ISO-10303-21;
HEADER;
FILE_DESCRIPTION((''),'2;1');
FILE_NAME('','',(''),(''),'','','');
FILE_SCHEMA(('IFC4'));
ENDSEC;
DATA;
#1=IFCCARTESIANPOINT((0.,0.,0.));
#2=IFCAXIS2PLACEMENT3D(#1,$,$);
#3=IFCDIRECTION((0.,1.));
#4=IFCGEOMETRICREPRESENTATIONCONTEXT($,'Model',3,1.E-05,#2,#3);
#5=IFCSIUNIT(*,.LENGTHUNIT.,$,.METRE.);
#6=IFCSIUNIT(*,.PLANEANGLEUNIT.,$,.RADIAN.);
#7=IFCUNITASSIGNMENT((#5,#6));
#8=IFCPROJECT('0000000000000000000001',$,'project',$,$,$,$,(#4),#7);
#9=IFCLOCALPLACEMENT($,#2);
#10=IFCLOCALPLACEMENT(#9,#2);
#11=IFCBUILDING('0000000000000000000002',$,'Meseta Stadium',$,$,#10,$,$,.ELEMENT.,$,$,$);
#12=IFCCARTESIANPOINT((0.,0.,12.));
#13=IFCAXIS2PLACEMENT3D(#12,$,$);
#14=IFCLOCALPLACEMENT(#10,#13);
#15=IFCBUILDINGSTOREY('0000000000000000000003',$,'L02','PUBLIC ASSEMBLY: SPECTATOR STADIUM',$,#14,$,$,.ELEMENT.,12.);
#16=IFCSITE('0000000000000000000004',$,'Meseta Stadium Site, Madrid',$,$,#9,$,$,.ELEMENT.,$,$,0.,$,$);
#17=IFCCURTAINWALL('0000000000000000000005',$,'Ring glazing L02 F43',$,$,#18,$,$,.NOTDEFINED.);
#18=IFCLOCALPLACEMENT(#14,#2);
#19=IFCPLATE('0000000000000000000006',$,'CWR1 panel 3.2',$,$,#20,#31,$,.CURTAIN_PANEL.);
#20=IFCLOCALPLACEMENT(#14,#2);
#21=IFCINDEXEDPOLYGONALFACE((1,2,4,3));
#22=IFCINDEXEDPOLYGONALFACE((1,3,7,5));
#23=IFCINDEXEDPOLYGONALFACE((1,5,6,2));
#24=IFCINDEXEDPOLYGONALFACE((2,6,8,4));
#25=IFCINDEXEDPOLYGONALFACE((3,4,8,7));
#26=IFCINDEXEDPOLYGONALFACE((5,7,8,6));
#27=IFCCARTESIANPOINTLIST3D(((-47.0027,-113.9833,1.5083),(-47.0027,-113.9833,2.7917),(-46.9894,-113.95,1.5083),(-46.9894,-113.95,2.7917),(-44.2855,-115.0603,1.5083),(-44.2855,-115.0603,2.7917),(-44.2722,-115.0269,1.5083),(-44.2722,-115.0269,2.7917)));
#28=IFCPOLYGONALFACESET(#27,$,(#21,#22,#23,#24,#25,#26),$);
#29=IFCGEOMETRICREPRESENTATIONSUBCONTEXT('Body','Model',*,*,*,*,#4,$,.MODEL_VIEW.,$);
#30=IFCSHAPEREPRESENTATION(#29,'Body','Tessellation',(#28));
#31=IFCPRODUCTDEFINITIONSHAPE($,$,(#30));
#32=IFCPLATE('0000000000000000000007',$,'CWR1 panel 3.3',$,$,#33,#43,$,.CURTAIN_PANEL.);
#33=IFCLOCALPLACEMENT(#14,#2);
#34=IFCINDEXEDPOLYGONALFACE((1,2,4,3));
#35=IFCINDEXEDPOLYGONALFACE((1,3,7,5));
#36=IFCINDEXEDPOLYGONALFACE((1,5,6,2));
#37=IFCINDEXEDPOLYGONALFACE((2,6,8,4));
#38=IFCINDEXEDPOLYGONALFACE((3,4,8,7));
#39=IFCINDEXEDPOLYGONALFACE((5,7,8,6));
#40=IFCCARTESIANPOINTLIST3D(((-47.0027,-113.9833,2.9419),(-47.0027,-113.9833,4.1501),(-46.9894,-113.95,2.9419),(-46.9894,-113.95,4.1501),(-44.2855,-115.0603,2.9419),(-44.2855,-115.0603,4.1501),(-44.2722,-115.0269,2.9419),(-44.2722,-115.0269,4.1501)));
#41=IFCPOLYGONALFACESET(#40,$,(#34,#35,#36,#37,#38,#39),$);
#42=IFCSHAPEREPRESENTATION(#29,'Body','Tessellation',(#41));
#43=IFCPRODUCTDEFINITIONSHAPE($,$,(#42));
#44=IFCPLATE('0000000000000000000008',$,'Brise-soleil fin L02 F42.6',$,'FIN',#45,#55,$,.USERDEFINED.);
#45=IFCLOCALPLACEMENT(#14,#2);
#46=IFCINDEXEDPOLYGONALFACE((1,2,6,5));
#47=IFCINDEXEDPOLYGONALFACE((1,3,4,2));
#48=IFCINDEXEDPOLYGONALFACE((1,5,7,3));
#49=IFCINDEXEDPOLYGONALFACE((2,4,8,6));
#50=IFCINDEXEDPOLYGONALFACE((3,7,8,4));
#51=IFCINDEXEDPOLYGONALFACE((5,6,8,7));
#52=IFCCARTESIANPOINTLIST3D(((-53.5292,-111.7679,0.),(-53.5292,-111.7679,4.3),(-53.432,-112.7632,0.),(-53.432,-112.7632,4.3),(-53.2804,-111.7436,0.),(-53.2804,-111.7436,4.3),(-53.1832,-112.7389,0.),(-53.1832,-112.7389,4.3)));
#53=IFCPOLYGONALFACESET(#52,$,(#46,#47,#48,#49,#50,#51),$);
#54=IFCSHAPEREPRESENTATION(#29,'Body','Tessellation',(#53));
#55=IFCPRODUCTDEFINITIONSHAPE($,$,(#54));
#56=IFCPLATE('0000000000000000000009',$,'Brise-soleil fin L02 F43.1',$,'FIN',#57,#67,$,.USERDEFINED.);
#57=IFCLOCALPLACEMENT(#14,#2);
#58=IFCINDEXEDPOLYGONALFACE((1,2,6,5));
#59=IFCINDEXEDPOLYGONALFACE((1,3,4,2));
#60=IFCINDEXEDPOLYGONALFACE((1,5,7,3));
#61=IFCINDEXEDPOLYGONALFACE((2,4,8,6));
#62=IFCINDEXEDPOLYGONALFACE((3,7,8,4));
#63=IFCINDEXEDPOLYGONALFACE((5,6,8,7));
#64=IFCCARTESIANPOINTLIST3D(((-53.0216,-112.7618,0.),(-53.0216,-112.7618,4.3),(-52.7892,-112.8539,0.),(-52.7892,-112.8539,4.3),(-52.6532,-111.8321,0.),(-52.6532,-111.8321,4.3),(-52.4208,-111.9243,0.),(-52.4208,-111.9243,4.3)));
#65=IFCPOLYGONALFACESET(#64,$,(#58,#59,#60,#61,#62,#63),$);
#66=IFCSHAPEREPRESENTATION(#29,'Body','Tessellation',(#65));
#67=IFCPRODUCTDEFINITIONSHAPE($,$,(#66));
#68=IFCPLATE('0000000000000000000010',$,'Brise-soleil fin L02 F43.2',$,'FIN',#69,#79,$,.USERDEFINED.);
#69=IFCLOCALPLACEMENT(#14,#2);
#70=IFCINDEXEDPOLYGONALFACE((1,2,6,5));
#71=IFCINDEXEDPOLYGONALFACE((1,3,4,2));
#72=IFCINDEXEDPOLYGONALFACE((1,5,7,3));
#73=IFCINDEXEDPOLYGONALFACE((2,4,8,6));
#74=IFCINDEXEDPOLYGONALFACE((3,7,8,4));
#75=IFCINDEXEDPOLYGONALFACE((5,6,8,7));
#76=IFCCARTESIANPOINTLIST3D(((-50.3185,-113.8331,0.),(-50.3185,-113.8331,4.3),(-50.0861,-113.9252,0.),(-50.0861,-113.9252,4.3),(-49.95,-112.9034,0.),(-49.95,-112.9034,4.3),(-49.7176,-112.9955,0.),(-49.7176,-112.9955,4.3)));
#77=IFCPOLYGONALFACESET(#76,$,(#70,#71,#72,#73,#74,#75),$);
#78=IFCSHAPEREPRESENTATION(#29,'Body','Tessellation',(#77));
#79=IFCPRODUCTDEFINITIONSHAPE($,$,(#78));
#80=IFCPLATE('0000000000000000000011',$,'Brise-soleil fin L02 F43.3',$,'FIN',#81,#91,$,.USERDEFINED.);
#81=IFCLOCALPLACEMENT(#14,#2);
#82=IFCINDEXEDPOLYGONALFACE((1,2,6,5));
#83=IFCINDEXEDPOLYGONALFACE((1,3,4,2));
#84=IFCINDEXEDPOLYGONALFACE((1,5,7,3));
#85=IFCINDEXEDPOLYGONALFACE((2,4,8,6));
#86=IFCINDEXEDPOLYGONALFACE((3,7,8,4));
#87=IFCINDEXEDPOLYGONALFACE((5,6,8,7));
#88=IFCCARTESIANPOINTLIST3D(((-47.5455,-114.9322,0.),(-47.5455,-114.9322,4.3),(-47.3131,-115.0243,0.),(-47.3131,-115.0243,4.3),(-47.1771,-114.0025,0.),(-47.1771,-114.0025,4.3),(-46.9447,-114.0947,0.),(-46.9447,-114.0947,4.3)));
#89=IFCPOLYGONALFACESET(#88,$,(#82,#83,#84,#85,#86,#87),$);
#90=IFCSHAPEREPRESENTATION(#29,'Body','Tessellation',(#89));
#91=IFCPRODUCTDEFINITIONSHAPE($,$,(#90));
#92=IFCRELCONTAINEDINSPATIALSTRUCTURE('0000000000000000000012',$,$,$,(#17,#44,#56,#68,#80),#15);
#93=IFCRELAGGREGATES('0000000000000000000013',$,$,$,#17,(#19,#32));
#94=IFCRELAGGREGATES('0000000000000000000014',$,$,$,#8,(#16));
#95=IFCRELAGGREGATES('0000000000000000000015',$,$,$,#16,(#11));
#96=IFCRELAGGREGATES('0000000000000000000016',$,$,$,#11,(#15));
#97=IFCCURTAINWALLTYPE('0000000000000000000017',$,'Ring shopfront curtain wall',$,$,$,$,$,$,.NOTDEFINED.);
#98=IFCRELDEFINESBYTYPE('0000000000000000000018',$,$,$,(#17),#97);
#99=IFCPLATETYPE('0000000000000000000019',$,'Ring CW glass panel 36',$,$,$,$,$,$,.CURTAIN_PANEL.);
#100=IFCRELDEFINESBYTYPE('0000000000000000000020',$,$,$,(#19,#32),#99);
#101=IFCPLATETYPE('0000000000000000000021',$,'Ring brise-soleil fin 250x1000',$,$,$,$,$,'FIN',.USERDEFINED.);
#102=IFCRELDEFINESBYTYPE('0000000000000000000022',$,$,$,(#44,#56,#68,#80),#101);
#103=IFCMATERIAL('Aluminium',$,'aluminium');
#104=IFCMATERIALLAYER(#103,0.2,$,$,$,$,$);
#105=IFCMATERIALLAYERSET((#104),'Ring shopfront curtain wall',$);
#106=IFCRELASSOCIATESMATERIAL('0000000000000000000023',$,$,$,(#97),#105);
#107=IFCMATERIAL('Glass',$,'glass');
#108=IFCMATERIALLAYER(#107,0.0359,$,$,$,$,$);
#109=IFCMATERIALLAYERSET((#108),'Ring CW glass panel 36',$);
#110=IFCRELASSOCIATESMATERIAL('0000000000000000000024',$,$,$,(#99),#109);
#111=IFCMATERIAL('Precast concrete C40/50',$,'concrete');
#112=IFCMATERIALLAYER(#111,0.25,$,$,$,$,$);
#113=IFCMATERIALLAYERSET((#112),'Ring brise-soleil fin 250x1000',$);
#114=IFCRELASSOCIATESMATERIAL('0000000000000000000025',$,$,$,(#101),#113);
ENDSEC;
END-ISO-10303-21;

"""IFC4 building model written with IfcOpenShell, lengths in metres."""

from ifc_helpers import new_model, si_unit, direction, frame, origin, origin_2d, place, context, subcontext, project, spatial, rectangle, extrude, material, layer, layer_set, type_object, element, aggregate, save


model = new_model("IFC4")

# Units and contexts
model_context = context("Model", 3, precision=1e-05, world=origin(), true_north=direction((0.0, 1.0)))
body_context = subcontext(model_context, "Body", "Model", "MODEL_VIEW")
ifc_project = project(units=[si_unit("LENGTHUNIT", "METRE"), si_unit("PLANEANGLEUNIT", "RADIAN")], contexts=[model_context])

# Site, building, storey
site_placement = place(None, origin())
site = spatial("IfcSite", under=ifc_project, at=site_placement, Name="Meseta Stadium Site, Madrid", CompositionType="ELEMENT", RefElevation=0.0)
building_placement = place(site_placement, origin())
building = spatial("IfcBuilding", under=site, at=building_placement, Name="Meseta Stadium", CompositionType="ELEMENT")
storey_placement = place(building_placement, frame((0.0, 0.0, 12.0)))
storey = spatial("IfcBuildingStorey", under=building, at=storey_placement, Name="L02", Description="PUBLIC ASSEMBLY: SPECTATOR STADIUM", CompositionType="ELEMENT", Elevation=12.0)

# Shared definitions
ifc_material_1 = material(Name="Aluminium", Category="aluminium")
ifc_layer_1 = layer(ifc_material_1, 0.2)
ifc_layer_set_1 = layer_set([ifc_layer_1], Name="Ring shopfront curtain wall")
curtain_wall_type = type_object("IfcCurtainWallType", Name="Ring shopfront curtain wall", PredefinedType="NOTDEFINED", material=ifc_layer_set_1)

# Curtain wall
curtain_wall_1_placement = place(storey_placement, origin())
curtain_wall_1 = element("IfcCurtainWall", 1, at=curtain_wall_1_placement, inside=storey, type_object=curtain_wall_type, Name="Ring glazing L02 F43", PredefinedType="NOTDEFINED")

# Plates
ifc_material_2 = material(Name="Glass", Category="glass")
ifc_layer_2 = layer(ifc_material_2, 0.0359)
ifc_layer_set_2 = layer_set([ifc_layer_2], Name="Ring CW glass panel 36")
plate_type_1 = type_object("IfcPlateType", Name="Ring CW glass panel 36", PredefinedType="CURTAIN_PANEL", material=ifc_layer_set_2)
plate_1_placement = place(storey_placement, frame((-45.6375, -114.5051, 1.5083), z_axis=(0.0, 0.0, 1.0), x_axis=(0.929646, -0.368454, 0.0)))
plate_1 = element("IfcPlate", 2, at=plate_1_placement, type_object=plate_type_1, Name="CWR1 panel 3.2", PredefinedType="CURTAIN_PANEL", context=body_context, shape_type="SweptSolid", body=[
    extrude(rectangle(XDim=2.9229, YDim=0.0359, at=origin_2d()), origin(), (0.0, 0.0, 1.0), 1.2834),
])
plate_2_placement = place(storey_placement, frame((-45.6375, -114.5051, 2.9419), z_axis=(0.0, 0.0, 1.0), x_axis=(0.929646, -0.368454, 0.0)))
plate_2 = element("IfcPlate", 3, at=plate_2_placement, type_object=plate_type_1, Name="CWR1 panel 3.3", PredefinedType="CURTAIN_PANEL", context=body_context, shape_type="SweptSolid", body=[
    extrude(rectangle(XDim=2.9229, YDim=0.0359, at=origin_2d()), origin(), (0.0, 0.0, 1.0), 1.2083),
])
aggregate(curtain_wall_1, [plate_1, plate_2])

# Plates
ifc_material_3 = material(Name="Precast concrete C40/50", Category="concrete")
ifc_layer_3 = layer(ifc_material_3, 0.25)
ifc_layer_set_3 = layer_set([ifc_layer_3], Name="Ring brise-soleil fin 250x1000")
plate_type_2 = type_object("IfcPlateType", Name="Ring brise-soleil fin 250x1000", ElementType="FIN", PredefinedType="USERDEFINED", material=ifc_layer_set_3)
for number, where, z_axis, x_axis, name in (
    (4, (-53.3562, -112.2534, 0.0), (0.0, 0.0, 1.0), (0.995272, 0.097123, 0.0), "Brise-soleil fin L02 F42.6"),
    (5, (-52.7212, -112.343, 0.0), (0.0, 0.0, 1.0), (0.929647, -0.368451, 0.0), "Brise-soleil fin L02 F43.1"),
    (6, (-50.0181, -113.4143, 0.0), (0.0, 0.0, 1.0), (0.929647, -0.368451, 0.0), "Brise-soleil fin L02 F43.2"),
    (7, (-47.2451, -114.5134, 0.0), (0.0, 0.0, 1.0), (0.929647, -0.368451, 0.0), "Brise-soleil fin L02 F43.3"),
):
    element("IfcPlate", number, at=place(storey_placement, frame(where, z_axis=z_axis, x_axis=x_axis)), inside=storey, type_object=plate_type_2, Name=name, ObjectType="FIN", PredefinedType="USERDEFINED", context=body_context, shape_type="SweptSolid", body=[
        extrude(rectangle(XDim=0.25, YDim=1.0, at=origin_2d()), origin(), (0.0, 0.0, 1.0), 4.3),
    ])

save(model, "model.ifc")
